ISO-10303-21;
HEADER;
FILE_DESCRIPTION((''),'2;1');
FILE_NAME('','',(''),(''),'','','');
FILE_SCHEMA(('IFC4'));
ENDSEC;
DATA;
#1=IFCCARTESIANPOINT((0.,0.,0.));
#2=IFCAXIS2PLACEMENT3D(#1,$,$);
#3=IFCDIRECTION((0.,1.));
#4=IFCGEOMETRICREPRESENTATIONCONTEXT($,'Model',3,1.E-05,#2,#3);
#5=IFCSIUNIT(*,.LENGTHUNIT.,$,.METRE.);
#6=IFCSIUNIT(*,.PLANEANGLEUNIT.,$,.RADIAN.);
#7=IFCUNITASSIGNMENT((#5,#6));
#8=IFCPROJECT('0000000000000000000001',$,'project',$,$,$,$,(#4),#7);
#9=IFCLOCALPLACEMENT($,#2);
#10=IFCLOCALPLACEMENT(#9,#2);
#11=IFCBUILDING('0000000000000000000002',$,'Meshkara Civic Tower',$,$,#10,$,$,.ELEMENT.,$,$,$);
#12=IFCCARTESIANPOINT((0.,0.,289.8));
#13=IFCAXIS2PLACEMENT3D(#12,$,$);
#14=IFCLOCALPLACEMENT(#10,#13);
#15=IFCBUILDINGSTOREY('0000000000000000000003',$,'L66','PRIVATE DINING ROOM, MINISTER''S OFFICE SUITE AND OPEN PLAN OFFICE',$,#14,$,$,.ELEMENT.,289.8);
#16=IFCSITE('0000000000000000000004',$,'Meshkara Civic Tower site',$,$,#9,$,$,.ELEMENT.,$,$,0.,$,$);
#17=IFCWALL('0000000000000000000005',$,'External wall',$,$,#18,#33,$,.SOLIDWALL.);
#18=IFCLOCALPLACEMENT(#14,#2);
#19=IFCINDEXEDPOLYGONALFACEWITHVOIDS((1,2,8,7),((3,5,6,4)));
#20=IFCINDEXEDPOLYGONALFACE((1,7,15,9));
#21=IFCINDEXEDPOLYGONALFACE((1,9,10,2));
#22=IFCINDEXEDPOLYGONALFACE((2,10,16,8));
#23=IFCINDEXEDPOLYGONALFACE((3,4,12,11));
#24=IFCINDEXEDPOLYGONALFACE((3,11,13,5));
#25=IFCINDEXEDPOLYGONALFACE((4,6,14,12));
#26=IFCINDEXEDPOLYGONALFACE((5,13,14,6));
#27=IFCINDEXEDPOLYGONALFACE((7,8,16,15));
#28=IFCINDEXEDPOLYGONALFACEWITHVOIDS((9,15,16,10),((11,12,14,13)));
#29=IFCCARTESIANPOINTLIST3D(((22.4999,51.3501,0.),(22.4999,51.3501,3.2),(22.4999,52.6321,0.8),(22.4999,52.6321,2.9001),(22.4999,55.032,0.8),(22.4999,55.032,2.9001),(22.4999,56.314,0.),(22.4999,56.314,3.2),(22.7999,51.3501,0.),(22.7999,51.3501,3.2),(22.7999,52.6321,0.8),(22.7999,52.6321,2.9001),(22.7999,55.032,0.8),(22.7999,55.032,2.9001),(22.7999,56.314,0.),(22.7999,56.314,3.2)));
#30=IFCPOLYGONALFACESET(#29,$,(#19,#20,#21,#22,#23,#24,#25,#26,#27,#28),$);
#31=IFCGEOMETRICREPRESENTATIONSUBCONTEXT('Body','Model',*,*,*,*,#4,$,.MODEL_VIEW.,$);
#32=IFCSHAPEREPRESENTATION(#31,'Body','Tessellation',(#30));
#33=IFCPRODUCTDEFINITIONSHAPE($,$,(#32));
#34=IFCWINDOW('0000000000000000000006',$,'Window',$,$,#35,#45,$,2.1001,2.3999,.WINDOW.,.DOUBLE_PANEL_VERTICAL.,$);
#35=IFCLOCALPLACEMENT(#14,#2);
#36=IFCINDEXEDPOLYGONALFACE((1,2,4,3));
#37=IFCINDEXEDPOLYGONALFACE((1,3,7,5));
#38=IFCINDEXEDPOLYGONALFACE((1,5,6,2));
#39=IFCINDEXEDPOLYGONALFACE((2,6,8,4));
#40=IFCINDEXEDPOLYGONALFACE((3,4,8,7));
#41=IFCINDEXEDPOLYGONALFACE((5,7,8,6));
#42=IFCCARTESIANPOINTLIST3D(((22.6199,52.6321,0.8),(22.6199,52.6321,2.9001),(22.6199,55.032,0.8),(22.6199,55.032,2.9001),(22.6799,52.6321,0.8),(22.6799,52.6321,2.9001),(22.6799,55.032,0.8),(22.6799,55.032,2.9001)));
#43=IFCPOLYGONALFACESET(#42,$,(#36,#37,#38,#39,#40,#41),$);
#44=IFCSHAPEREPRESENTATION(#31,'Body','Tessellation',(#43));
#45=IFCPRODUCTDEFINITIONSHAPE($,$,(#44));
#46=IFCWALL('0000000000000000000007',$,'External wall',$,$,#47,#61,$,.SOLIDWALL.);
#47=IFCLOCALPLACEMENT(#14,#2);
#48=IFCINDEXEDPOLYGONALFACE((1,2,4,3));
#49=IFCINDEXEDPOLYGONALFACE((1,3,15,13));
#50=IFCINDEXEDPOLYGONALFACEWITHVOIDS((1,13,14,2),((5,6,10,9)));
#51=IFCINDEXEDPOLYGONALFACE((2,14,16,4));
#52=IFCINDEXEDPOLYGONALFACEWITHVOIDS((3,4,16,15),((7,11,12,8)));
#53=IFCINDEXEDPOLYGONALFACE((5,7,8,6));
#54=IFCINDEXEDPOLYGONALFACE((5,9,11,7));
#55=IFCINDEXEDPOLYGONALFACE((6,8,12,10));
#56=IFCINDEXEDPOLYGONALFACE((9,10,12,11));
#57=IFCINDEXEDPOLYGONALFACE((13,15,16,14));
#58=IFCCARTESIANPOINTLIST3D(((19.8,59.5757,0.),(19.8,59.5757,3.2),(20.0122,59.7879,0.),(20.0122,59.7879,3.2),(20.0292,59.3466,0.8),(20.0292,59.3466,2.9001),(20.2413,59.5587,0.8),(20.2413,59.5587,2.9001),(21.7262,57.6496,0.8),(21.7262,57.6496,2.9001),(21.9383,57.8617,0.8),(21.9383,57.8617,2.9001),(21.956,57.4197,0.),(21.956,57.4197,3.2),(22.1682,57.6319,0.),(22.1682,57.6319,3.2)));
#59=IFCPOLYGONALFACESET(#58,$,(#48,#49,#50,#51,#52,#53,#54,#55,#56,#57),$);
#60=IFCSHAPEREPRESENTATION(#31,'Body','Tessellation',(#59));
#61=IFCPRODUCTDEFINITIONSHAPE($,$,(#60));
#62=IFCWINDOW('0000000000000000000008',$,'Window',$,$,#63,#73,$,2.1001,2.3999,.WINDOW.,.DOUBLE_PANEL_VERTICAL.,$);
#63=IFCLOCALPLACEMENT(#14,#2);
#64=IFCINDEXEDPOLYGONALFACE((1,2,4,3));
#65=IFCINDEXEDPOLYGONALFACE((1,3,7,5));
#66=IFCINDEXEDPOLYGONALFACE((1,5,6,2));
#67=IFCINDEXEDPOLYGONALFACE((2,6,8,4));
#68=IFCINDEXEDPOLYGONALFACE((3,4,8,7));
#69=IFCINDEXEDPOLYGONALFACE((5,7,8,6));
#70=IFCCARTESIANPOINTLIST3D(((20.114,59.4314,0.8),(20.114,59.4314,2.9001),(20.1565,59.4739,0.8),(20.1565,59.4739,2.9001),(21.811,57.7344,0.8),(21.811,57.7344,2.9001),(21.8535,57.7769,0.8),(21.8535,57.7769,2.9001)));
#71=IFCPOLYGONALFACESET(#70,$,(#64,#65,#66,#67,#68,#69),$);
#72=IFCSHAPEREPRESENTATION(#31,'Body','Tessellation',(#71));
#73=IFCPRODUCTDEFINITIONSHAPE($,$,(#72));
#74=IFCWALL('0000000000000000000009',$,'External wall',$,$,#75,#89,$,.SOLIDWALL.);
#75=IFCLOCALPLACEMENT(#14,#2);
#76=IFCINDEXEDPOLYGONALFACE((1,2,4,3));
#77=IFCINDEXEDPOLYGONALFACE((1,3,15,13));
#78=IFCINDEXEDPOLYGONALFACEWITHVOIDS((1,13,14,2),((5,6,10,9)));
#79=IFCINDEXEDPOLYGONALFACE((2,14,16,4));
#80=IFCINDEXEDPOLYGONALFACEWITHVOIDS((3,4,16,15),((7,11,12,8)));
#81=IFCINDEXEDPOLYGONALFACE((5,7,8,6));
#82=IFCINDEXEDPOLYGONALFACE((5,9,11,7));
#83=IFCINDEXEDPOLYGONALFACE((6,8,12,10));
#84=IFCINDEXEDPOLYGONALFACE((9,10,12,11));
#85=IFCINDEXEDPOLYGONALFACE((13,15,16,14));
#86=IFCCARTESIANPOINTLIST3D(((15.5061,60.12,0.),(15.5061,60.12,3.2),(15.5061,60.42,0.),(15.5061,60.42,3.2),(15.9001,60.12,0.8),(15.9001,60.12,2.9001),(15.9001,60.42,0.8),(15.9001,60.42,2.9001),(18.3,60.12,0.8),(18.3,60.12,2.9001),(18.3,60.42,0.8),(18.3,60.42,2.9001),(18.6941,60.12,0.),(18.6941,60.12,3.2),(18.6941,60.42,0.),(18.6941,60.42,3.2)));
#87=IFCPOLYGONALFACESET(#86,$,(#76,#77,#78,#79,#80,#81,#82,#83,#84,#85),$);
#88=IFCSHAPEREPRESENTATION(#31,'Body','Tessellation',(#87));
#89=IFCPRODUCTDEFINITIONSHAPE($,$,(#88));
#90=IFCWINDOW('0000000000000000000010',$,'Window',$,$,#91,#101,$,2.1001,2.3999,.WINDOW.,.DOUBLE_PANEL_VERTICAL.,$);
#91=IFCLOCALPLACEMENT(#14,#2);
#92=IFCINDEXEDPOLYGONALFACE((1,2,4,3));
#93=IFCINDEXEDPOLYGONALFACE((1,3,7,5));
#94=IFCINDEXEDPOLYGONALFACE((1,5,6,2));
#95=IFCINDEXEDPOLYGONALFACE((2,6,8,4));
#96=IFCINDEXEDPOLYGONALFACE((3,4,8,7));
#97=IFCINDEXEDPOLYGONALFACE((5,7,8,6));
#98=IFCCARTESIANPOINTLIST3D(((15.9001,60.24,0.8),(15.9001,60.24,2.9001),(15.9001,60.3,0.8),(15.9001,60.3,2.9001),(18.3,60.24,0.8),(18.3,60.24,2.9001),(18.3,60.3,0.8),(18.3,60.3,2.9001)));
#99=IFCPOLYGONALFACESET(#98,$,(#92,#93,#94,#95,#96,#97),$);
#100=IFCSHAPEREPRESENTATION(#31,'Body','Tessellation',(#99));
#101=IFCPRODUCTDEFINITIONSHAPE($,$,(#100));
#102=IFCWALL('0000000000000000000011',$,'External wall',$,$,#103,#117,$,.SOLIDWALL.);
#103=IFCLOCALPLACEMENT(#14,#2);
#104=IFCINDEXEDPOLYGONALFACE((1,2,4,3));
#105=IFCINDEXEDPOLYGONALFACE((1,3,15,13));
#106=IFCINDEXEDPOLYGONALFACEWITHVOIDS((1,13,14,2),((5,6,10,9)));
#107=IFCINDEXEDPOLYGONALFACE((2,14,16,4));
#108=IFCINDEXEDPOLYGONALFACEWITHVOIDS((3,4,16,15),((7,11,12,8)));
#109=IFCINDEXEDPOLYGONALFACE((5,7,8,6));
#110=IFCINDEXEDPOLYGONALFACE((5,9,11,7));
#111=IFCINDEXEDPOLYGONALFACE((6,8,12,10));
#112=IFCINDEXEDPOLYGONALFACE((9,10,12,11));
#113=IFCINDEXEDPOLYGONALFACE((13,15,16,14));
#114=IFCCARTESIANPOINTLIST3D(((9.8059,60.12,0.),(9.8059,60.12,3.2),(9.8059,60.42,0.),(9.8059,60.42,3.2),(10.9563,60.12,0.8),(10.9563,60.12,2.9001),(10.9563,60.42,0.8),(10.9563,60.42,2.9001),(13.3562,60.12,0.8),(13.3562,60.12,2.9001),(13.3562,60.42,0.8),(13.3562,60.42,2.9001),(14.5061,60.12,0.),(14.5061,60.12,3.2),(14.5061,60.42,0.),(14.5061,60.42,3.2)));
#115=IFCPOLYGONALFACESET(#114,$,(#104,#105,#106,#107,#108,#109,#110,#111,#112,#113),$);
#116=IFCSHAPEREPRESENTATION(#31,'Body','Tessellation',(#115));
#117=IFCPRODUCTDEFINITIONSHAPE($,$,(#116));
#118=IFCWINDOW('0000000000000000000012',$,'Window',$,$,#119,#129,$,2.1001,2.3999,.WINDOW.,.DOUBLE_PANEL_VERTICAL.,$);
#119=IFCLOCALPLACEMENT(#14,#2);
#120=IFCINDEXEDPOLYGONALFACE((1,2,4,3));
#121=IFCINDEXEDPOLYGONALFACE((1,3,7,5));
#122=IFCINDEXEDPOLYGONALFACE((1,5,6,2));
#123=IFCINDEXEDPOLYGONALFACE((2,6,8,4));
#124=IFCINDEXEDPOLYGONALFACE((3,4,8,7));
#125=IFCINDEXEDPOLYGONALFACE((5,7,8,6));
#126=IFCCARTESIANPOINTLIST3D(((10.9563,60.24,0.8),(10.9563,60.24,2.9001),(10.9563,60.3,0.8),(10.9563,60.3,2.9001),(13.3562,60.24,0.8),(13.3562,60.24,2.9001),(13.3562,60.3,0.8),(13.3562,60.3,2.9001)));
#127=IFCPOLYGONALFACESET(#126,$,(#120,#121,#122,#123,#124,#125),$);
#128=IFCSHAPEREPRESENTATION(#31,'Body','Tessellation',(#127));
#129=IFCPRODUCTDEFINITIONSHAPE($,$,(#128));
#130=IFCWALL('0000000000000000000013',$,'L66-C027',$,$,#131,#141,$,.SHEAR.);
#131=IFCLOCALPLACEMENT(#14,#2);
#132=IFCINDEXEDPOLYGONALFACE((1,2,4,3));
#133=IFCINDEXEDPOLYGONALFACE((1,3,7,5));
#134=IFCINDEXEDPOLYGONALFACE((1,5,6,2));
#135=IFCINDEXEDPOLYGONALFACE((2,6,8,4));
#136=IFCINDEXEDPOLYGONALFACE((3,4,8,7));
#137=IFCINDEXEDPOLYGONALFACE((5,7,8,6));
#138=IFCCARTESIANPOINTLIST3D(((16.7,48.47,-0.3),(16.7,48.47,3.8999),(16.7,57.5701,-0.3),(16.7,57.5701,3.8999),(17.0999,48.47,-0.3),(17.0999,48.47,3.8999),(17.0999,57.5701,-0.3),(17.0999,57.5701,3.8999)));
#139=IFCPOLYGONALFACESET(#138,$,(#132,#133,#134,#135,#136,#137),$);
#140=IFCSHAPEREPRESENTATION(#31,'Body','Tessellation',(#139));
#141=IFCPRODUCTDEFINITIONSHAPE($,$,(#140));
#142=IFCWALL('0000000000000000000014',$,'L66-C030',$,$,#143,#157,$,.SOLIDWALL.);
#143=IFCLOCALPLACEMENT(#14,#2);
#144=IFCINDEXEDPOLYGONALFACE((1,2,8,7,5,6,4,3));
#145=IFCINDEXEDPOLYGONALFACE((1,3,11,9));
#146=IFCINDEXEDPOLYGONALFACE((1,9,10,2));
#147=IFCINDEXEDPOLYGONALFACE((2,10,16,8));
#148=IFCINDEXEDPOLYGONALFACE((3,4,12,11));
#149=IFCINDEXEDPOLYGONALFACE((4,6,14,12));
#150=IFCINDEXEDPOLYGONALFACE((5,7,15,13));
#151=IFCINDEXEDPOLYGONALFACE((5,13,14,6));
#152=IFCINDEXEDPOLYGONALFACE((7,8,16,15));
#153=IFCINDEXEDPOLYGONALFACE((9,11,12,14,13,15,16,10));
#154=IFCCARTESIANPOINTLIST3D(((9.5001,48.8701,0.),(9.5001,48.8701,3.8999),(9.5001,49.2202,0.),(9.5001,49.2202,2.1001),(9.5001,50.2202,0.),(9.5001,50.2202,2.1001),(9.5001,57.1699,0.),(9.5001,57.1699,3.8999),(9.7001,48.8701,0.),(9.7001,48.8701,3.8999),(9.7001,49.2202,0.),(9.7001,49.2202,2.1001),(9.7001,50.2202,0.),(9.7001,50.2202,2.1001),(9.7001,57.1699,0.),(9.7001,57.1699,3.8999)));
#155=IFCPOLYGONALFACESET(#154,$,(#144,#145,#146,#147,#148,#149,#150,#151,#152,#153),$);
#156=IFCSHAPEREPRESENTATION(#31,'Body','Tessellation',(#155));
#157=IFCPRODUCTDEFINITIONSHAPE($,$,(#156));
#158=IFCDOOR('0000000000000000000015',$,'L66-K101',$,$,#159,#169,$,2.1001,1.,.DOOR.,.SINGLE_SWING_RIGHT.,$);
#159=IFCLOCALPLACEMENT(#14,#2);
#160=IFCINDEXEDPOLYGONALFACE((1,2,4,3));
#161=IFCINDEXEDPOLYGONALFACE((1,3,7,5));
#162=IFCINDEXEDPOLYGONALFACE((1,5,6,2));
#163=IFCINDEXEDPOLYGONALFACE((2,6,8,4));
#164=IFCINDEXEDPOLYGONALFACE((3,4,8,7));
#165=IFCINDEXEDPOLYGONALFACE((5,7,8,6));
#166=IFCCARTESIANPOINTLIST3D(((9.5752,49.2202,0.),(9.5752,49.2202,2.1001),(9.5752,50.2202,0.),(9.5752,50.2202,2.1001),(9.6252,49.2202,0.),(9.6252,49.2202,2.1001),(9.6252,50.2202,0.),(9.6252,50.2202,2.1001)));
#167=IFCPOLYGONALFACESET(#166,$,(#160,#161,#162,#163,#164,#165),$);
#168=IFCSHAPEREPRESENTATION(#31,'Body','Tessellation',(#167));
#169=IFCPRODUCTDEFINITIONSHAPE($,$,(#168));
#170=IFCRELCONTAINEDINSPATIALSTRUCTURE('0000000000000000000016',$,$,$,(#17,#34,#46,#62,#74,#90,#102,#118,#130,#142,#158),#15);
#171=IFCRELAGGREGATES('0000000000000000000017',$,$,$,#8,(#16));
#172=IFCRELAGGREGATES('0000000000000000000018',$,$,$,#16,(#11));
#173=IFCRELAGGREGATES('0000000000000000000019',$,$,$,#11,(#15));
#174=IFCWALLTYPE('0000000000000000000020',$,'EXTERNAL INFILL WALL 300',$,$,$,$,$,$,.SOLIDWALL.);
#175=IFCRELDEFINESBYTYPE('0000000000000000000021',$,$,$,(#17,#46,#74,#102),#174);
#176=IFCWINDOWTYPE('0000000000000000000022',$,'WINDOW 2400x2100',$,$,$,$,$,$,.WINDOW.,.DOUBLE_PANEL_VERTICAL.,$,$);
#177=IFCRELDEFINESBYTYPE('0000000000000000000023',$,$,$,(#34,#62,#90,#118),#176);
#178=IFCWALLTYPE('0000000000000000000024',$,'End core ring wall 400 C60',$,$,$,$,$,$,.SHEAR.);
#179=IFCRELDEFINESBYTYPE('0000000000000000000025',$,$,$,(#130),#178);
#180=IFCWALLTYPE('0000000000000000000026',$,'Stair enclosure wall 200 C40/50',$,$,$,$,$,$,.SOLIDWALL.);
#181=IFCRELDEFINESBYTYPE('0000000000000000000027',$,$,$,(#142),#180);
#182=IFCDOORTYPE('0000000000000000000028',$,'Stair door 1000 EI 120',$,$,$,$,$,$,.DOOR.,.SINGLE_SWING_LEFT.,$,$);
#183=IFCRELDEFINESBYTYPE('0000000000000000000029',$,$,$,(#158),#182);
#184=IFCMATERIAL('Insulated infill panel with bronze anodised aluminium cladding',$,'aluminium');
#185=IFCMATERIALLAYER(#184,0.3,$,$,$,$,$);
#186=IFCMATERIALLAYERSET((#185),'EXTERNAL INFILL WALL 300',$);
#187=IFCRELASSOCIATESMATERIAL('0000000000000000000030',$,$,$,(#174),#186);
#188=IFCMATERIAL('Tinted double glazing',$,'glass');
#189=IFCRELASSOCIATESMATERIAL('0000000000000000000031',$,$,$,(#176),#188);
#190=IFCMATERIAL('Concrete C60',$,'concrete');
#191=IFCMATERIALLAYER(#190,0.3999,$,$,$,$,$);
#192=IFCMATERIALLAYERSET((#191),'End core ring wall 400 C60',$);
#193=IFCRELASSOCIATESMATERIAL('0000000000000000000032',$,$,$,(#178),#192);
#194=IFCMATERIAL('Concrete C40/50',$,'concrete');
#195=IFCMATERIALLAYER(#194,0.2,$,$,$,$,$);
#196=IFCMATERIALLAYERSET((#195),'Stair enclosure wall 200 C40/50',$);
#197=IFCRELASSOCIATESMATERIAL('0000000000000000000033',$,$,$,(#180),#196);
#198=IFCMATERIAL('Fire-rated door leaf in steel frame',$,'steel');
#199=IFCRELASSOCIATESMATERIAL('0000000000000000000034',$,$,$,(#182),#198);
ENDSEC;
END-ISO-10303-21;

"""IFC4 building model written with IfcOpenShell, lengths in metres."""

from ifc_helpers import new_model, si_unit, direction, frame, frame_2d, origin, place, context, subcontext, project, spatial, rectangle, extrude, material, layer, layer_set, type_object, element, fill, save


model = new_model("IFC4")

# Units and contexts
model_context = context("Model", 3, precision=1e-05, world=origin(), true_north=direction((0.0, 1.0)))
body_context = subcontext(model_context, "Body", "Model", "MODEL_VIEW")
ifc_project = project(units=[si_unit("LENGTHUNIT", "METRE"), si_unit("PLANEANGLEUNIT", "RADIAN")], contexts=[model_context])

# Site, building, storey
site_placement = place(None, origin())
site = spatial("IfcSite", under=ifc_project, at=site_placement, Name="Meshkara Civic Tower site", CompositionType="ELEMENT", RefElevation=0.0)
building_placement = place(site_placement, origin())
building = spatial("IfcBuilding", under=site, at=building_placement, Name="Meshkara Civic Tower", CompositionType="ELEMENT")
storey_placement = place(building_placement, frame((0.0, 0.0, 289.8)))
storey = spatial("IfcBuildingStorey", under=building, at=storey_placement, Name="L66", Description="PRIVATE DINING ROOM, MINISTER'S OFFICE SUITE AND OPEN PLAN OFFICE", CompositionType="ELEMENT", Elevation=289.8)

# Walls, openings, windows
ifc_material_1 = material(Name="Insulated infill panel with bronze anodised aluminium cladding", Category="aluminium")
ifc_layer_1 = layer(ifc_material_1, 0.3)
ifc_layer_set_1 = layer_set([ifc_layer_1], Name="EXTERNAL INFILL WALL 300")
wall_type_1 = type_object("IfcWallType", Name="EXTERNAL INFILL WALL 300", PredefinedType="SOLIDWALL", material=ifc_layer_set_1)
wall_1_placement = place(storey_placement, frame((22.6499, 51.3501, 0.0), z_axis=(0.0, 0.0, 1.0), x_axis=(0.0, 1.0, 0.0)))
wall_1 = element("IfcWall", 1, at=wall_1_placement, inside=storey, type_object=wall_type_1, Name="External wall", PredefinedType="SOLIDWALL", context=body_context, shape_type="SweptSolid", body=[
    extrude(rectangle(XDim=4.9639, YDim=0.3, at=frame_2d((2.4819, 0.0))), origin(), (0.0, 0.0, 1.0), 3.2),
])
opening_1_placement = place(wall_1_placement, frame((1.282, 0.0, 0.8)))
opening_1 = element("IfcOpeningElement", 2, at=opening_1_placement, cuts=wall_1, PredefinedType="OPENING", context=body_context, shape_type="SweptSolid", body=[
    extrude(rectangle(XDim=2.3999, YDim=2.1001, at=frame_2d((1.2, 1.05))), frame((0.0, 0.1599, 0.0), z_axis=(0.0, -1.0, 0.0), x_axis=(1.0, 0.0, 0.0)), (0.0, 0.0, 1.0), 0.3201),
])
ifc_material_2 = material(Name="Tinted double glazing", Category="glass")
window_type = type_object("IfcWindowType", Name="WINDOW 2400x2100", PartitioningType="DOUBLE_PANEL_VERTICAL", PredefinedType="WINDOW", material=ifc_material_2)
window_1_placement = place(opening_1_placement, origin())
window_1 = element("IfcWindow", 3, at=window_1_placement, inside=storey, type_object=window_type, Name="Window", OverallHeight=2.1001, OverallWidth=2.3999, PartitioningType="DOUBLE_PANEL_VERTICAL", PredefinedType="WINDOW", context=body_context, shape_type="SweptSolid", body=[
    extrude(rectangle(XDim=2.3999, YDim=2.1001, at=frame_2d((1.2, 1.05))), frame((0.0, 0.03, 0.0), z_axis=(0.0, -1.0, 0.0), x_axis=(1.0, 0.0, 0.0)), (0.0, 0.0, 1.0), 0.0601),
])
fill(opening_1, window_1)
wall_2_placement = place(storey_placement, frame((22.062, 57.5259, 0.0), z_axis=(0.0, 0.0, 1.0), x_axis=(-0.707107, 0.707107, 0.0)))
wall_2 = element("IfcWall", 4, at=wall_2_placement, inside=storey, type_object=wall_type_1, Name="External wall", PredefinedType="SOLIDWALL", context=body_context, shape_type="SweptSolid", body=[
    extrude(rectangle(XDim=3.0491, YDim=0.3, at=frame_2d((1.5244, 0.0))), origin(), (0.0, 0.0, 1.0), 3.2),
])
opening_2_placement = place(wall_2_placement, frame((0.325, 0.0, 0.8)))
opening_2 = element("IfcOpeningElement", 5, at=opening_2_placement, cuts=wall_2, PredefinedType="OPENING", context=body_context, shape_type="SweptSolid", body=[
    extrude(rectangle(XDim=2.3999, YDim=2.1001, at=frame_2d((1.2, 1.05))), frame((0.0, 0.1599, 0.0), z_axis=(0.0, -1.0, 0.0), x_axis=(1.0, 0.0, 0.0)), (0.0, 0.0, 1.0), 0.3201),
])
window_2_placement = place(opening_2_placement, origin())
window_2 = element("IfcWindow", 6, at=window_2_placement, inside=storey, type_object=window_type, Name="Window", OverallHeight=2.1001, OverallWidth=2.3999, PartitioningType="DOUBLE_PANEL_VERTICAL", PredefinedType="WINDOW", context=body_context, shape_type="SweptSolid", body=[
    extrude(rectangle(XDim=2.3999, YDim=2.1001, at=frame_2d((1.2, 1.05))), frame((0.0, 0.03, 0.0), z_axis=(0.0, -1.0, 0.0), x_axis=(1.0, 0.0, 0.0)), (0.0, 0.0, 1.0), 0.0601),
])
fill(opening_2, window_2)
wall_3_placement = place(storey_placement, frame((18.6941, 60.27, 0.0), z_axis=(0.0, 0.0, 1.0), x_axis=(-1.0, 0.0, 0.0)))
wall_3 = element("IfcWall", 7, at=wall_3_placement, inside=storey, type_object=wall_type_1, Name="External wall", PredefinedType="SOLIDWALL", context=body_context, shape_type="SweptSolid", body=[
    extrude(rectangle(XDim=3.188, YDim=0.3, at=frame_2d((1.594, 0.0))), origin(), (0.0, 0.0, 1.0), 3.2),
])
opening_3_placement = place(wall_3_placement, frame((0.394, 0.0, 0.8)))
opening_3 = element("IfcOpeningElement", 8, at=opening_3_placement, cuts=wall_3, PredefinedType="OPENING", context=body_context, shape_type="SweptSolid", body=[
    extrude(rectangle(XDim=2.3999, YDim=2.1001, at=frame_2d((1.2, 1.05))), frame((0.0, 0.1599, 0.0), z_axis=(0.0, -1.0, 0.0), x_axis=(1.0, 0.0, 0.0)), (0.0, 0.0, 1.0), 0.3201),
])
window_3_placement = place(opening_3_placement, origin())
window_3 = element("IfcWindow", 9, at=window_3_placement, inside=storey, type_object=window_type, Name="Window", OverallHeight=2.1001, OverallWidth=2.3999, PartitioningType="DOUBLE_PANEL_VERTICAL", PredefinedType="WINDOW", context=body_context, shape_type="SweptSolid", body=[
    extrude(rectangle(XDim=2.3999, YDim=2.1001, at=frame_2d((1.2, 1.05))), frame((0.0, 0.03, 0.0), z_axis=(0.0, -1.0, 0.0), x_axis=(1.0, 0.0, 0.0)), (0.0, 0.0, 1.0), 0.0601),
])
fill(opening_3, window_3)
wall_4_placement = place(storey_placement, frame((14.5061, 60.27, 0.0), z_axis=(0.0, 0.0, 1.0), x_axis=(-1.0, 0.0, 0.0)))
wall_4 = element("IfcWall", 10, at=wall_4_placement, inside=storey, type_object=wall_type_1, Name="External wall", PredefinedType="SOLIDWALL", context=body_context, shape_type="SweptSolid", body=[
    extrude(rectangle(XDim=4.7002, YDim=0.3, at=frame_2d((2.3501, 0.0))), origin(), (0.0, 0.0, 1.0), 3.2),
])
opening_4_placement = place(wall_4_placement, frame((1.1499, 0.0, 0.8)))
opening_4 = element("IfcOpeningElement", 11, at=opening_4_placement, cuts=wall_4, PredefinedType="OPENING", context=body_context, shape_type="SweptSolid", body=[
    extrude(rectangle(XDim=2.3999, YDim=2.1001, at=frame_2d((1.2, 1.05))), frame((0.0, 0.1599, 0.0), z_axis=(0.0, -1.0, 0.0), x_axis=(1.0, 0.0, 0.0)), (0.0, 0.0, 1.0), 0.3201),
])
window_4_placement = place(opening_4_placement, origin())
window_4 = element("IfcWindow", 12, at=window_4_placement, inside=storey, type_object=window_type, Name="Window", OverallHeight=2.1001, OverallWidth=2.3999, PartitioningType="DOUBLE_PANEL_VERTICAL", PredefinedType="WINDOW", context=body_context, shape_type="SweptSolid", body=[
    extrude(rectangle(XDim=2.3999, YDim=2.1001, at=frame_2d((1.2, 1.05))), frame((0.0, 0.03, 0.0), z_axis=(0.0, -1.0, 0.0), x_axis=(1.0, 0.0, 0.0)), (0.0, 0.0, 1.0), 0.0601),
])
fill(opening_4, window_4)

# Wall
ifc_material_3 = material(Name="Concrete C60", Category="concrete")
ifc_layer_2 = layer(ifc_material_3, 0.3999)
ifc_layer_set_2 = layer_set([ifc_layer_2], Name="End core ring wall 400 C60")
wall_type_2 = type_object("IfcWallType", Name="End core ring wall 400 C60", PredefinedType="SHEAR", material=ifc_layer_set_2)
wall_5_placement = place(storey_placement, frame((16.8999, 48.47, -0.3), z_axis=(0.0, 0.0, 1.0), x_axis=(0.0, 1.0, 0.0)))
element("IfcWall", 13, at=wall_5_placement, inside=storey, type_object=wall_type_2, Name="L66-C027", PredefinedType="SHEAR", context=body_context, shape_type="SweptSolid", body=[
    extrude(rectangle(XDim=9.1001, YDim=0.3999, at=frame_2d((4.55, 0.0))), origin(), (0.0, 0.0, 1.0), 4.2),
])

# Wall, opening, door
ifc_material_4 = material(Name="Concrete C40/50", Category="concrete")
ifc_layer_3 = layer(ifc_material_4, 0.2)
ifc_layer_set_3 = layer_set([ifc_layer_3], Name="Stair enclosure wall 200 C40/50")
wall_type_3 = type_object("IfcWallType", Name="Stair enclosure wall 200 C40/50", PredefinedType="SOLIDWALL", material=ifc_layer_set_3)
wall_6_placement = place(storey_placement, frame((9.6001, 48.8701, 0.0), z_axis=(0.0, 0.0, 1.0), x_axis=(0.0, 1.0, 0.0)))
wall_6 = element("IfcWall", 14, at=wall_6_placement, inside=storey, type_object=wall_type_3, Name="L66-C030", PredefinedType="SOLIDWALL", context=body_context, shape_type="SweptSolid", body=[
    extrude(rectangle(XDim=8.2998, YDim=0.2, at=frame_2d((4.1499, 0.0))), origin(), (0.0, 0.0, 1.0), 3.8999),
])
opening_5_placement = place(wall_6_placement, frame((0.3501, 0.0, 0.0)))
opening_5 = element("IfcOpeningElement", 15, at=opening_5_placement, cuts=wall_6, PredefinedType="OPENING", context=body_context, shape_type="SweptSolid", body=[
    extrude(rectangle(XDim=1.0, YDim=2.1001, at=frame_2d((0.5, 1.05))), frame((0.0, 0.1099, 0.0), z_axis=(0.0, -1.0, 0.0), x_axis=(1.0, 0.0, 0.0)), (0.0, 0.0, 1.0), 0.22),
])
ifc_material_5 = material(Name="Fire-rated door leaf in steel frame", Category="steel")
door_type_1 = type_object("IfcDoorType", Name="Stair door 1000 EI 120", OperationType="SINGLE_SWING_LEFT", PredefinedType="DOOR", material=ifc_material_5)
door_1_placement = place(opening_5_placement, origin())
door_1 = element("IfcDoor", 16, at=door_1_placement, inside=storey, type_object=door_type_1, Name="L66-K101", OperationType="SINGLE_SWING_RIGHT", OverallHeight=2.1001, OverallWidth=1.0, PredefinedType="DOOR", context=body_context, shape_type="SweptSolid", body=[
    extrude(rectangle(XDim=1.0, YDim=2.1001, at=frame_2d((0.5, 1.05))), frame((0.0, 0.0249, 0.0), z_axis=(0.0, -1.0, 0.0), x_axis=(1.0, 0.0, 0.0)), (0.0, 0.0, 1.0), 0.05),
])
fill(opening_5, door_1)

save(model, "model.ifc")
